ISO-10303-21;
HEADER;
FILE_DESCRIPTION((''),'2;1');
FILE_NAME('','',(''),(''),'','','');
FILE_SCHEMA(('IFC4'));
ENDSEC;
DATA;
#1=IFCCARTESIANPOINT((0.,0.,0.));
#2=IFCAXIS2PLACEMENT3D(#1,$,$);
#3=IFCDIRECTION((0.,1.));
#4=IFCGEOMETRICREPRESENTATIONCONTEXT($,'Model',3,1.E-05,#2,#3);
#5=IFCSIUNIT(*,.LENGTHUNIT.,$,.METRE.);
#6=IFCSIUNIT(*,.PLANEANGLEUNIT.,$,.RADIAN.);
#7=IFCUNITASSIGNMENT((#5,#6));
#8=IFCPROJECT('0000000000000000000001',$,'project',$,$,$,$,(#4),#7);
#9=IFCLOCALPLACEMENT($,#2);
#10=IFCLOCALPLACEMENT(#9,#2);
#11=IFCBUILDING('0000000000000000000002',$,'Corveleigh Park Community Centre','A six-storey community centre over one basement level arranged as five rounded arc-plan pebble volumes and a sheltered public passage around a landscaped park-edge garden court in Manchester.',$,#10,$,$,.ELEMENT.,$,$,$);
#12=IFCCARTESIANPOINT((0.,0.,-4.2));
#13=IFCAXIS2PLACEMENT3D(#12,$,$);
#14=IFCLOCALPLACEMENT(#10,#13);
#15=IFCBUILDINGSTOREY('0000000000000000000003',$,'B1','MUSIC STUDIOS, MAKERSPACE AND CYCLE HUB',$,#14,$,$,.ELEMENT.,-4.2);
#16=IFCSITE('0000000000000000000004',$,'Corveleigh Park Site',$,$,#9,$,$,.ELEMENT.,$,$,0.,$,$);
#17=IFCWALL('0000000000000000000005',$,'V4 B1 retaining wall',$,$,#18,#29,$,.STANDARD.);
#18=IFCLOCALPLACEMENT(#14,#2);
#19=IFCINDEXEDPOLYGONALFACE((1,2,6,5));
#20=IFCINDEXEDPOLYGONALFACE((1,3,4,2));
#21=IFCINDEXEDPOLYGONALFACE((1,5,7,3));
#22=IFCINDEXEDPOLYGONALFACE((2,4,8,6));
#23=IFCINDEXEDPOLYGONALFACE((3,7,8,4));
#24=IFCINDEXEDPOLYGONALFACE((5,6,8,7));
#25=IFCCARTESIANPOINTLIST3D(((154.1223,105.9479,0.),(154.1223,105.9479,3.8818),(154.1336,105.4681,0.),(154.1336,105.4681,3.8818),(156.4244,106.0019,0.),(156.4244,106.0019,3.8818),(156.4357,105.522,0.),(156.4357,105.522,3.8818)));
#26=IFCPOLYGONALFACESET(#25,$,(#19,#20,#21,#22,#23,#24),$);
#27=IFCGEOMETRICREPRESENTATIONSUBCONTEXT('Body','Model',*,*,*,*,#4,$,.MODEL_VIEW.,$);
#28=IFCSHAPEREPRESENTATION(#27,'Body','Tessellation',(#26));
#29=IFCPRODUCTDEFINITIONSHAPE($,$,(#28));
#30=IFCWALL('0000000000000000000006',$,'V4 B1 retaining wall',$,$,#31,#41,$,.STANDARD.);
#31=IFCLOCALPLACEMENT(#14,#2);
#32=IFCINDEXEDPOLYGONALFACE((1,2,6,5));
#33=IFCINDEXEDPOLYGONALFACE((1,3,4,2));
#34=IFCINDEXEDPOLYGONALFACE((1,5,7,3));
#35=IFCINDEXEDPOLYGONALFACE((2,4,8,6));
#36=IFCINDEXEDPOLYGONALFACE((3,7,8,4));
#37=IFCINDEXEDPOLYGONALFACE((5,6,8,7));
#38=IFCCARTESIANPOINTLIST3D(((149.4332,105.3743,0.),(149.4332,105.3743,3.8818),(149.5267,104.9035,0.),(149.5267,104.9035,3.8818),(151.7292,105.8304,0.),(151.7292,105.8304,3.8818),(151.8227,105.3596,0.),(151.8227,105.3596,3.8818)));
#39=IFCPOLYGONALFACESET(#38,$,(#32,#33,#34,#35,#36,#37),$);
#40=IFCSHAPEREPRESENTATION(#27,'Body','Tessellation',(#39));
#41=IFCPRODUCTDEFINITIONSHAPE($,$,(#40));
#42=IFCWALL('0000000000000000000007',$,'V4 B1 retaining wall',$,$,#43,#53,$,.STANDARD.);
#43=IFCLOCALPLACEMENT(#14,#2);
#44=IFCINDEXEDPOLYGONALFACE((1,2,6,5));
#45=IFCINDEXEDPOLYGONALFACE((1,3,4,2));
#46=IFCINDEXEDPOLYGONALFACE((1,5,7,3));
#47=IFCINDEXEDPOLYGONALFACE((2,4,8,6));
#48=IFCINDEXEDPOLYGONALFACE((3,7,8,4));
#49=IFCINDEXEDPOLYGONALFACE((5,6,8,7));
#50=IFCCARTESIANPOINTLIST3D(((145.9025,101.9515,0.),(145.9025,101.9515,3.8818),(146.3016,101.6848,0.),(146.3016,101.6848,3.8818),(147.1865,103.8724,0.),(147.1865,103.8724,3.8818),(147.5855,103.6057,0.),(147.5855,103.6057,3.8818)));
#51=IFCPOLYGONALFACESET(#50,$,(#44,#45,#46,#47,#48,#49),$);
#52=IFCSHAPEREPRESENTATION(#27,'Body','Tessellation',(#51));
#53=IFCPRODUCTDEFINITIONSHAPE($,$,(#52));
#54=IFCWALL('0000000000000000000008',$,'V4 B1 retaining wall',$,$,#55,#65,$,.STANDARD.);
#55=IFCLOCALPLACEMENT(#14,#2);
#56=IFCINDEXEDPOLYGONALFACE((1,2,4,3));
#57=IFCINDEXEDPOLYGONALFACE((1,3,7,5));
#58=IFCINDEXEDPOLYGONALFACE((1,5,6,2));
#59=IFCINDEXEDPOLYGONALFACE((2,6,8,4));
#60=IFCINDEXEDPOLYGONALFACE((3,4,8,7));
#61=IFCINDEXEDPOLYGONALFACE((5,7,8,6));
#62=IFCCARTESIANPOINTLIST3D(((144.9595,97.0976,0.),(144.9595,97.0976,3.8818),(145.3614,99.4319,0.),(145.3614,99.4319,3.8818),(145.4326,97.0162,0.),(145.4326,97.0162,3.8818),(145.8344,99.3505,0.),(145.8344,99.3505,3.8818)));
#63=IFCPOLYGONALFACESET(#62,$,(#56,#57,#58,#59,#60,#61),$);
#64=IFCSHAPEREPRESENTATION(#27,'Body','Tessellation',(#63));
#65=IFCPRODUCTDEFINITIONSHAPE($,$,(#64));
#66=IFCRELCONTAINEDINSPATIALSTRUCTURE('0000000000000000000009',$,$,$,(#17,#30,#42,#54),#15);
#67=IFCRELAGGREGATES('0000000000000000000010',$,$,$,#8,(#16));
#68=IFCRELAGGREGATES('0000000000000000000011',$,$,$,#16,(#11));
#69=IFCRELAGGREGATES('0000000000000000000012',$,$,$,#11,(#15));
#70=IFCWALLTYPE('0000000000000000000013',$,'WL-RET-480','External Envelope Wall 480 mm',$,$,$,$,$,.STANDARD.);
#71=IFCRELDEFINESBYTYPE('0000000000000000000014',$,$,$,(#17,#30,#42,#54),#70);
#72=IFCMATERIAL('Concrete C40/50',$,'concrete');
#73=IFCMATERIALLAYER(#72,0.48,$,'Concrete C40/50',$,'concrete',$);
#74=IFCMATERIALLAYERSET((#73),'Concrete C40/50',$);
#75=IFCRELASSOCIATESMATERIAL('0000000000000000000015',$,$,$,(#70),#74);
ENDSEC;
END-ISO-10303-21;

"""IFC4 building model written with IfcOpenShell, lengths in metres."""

from ifc_helpers import new_model, si_unit, direction, frame, frame_2d, origin, place, context, subcontext, project, spatial, rectangle, extrude, material, layer, layer_set, type_object, element, save


model = new_model("IFC4")

# Units and contexts
model_context = context("Model", 3, precision=1e-05, world=origin(), true_north=direction((0.0, 1.0)))
body_context = subcontext(model_context, "Body", "Model", "MODEL_VIEW")
ifc_project = project(units=[si_unit("LENGTHUNIT", "METRE"), si_unit("PLANEANGLEUNIT", "RADIAN")], contexts=[model_context])

# Site, building, storey
site_placement = place(None, origin())
site = spatial("IfcSite", under=ifc_project, at=site_placement, Name="Corveleigh Park Site", CompositionType="ELEMENT", RefElevation=0.0)
building_placement = place(site_placement, origin())
building = spatial("IfcBuilding", under=site, at=building_placement, Name="Corveleigh Park Community Centre", Description="A six-storey community centre over one basement level arranged as five rounded arc-plan pebble volumes and a sheltered public passage around a landscaped park-edge garden court in Manchester.", CompositionType="ELEMENT")
storey_placement = place(building_placement, frame((0.0, 0.0, -4.2)))
storey = spatial("IfcBuildingStorey", under=building, at=storey_placement, Name="B1", Description="MUSIC STUDIOS, MAKERSPACE AND CYCLE HUB", CompositionType="ELEMENT", Elevation=-4.2)

# Shared definitions
ifc_material_1 = material(Name="Concrete C40/50", Category="concrete")

# Walls
ifc_layer_1 = layer(ifc_material_1, 0.48, Name="Concrete C40/50", Category="concrete")
ifc_layer_set_1 = layer_set([ifc_layer_1], Name="Concrete C40/50")
wall_type_1 = type_object("IfcWallType", Name="WL-RET-480", Description="External Envelope Wall 480 mm", PredefinedType="STANDARD", material=ifc_layer_set_1)
wall_1_placement = place(storey_placement, frame((154.1279, 105.708, 0.0), z_axis=(0.0, 0.0, 1.0), x_axis=(0.999725, 0.023432, 0.0)))
element("IfcWall", 1, at=wall_1_placement, inside=storey, type_object=wall_type_1, Name="V4 B1 retaining wall", PredefinedType="STANDARD", context=body_context, shape_type="SweptSolid", body=[
    extrude(rectangle(XDim=2.3027, YDim=0.48, at=frame_2d((1.1514, 0.0))), origin(), (0.0, 0.0, 1.0), 3.8818),
])
wall_2_placement = place(storey_placement, frame((149.48, 105.1389, 0.0), z_axis=(0.0, 0.0, 1.0), x_axis=(0.980837, 0.194832, 0.0)))
element("IfcWall", 2, at=wall_2_placement, inside=storey, type_object=wall_type_1, Name="V4 B1 retaining wall", PredefinedType="STANDARD", context=body_context, shape_type="SweptSolid", body=[
    extrude(rectangle(XDim=2.3408, YDim=0.48, at=frame_2d((1.1704, 0.0))), origin(), (0.0, 0.0, 1.0), 3.8818),
])
wall_3_placement = place(storey_placement, frame((146.1021, 101.8181, 0.0), z_axis=(0.0, 0.0, 1.0), x_axis=(0.5557, 0.831383, 0.0)))
element("IfcWall", 3, at=wall_3_placement, inside=storey, type_object=wall_type_1, Name="V4 B1 retaining wall", PredefinedType="STANDARD", context=body_context, shape_type="SweptSolid", body=[
    extrude(rectangle(XDim=2.3105, YDim=0.48, at=frame_2d((1.1553, 0.0))), origin(), (0.0, 0.0, 1.0), 3.8818),
])
wall_4_placement = place(storey_placement, frame((145.196, 97.0569, 0.0), z_axis=(0.0, 0.0, 1.0), x_axis=(0.169662, 0.985502, 0.0)))
element("IfcWall", 4, at=wall_4_placement, inside=storey, type_object=wall_type_1, Name="V4 B1 retaining wall", PredefinedType="STANDARD", context=body_context, shape_type="SweptSolid", body=[
    extrude(rectangle(XDim=2.3687, YDim=0.48, at=frame_2d((1.1843, 0.0))), origin(), (0.0, 0.0, 1.0), 3.8818),
])

save(model, "model.ifc")
